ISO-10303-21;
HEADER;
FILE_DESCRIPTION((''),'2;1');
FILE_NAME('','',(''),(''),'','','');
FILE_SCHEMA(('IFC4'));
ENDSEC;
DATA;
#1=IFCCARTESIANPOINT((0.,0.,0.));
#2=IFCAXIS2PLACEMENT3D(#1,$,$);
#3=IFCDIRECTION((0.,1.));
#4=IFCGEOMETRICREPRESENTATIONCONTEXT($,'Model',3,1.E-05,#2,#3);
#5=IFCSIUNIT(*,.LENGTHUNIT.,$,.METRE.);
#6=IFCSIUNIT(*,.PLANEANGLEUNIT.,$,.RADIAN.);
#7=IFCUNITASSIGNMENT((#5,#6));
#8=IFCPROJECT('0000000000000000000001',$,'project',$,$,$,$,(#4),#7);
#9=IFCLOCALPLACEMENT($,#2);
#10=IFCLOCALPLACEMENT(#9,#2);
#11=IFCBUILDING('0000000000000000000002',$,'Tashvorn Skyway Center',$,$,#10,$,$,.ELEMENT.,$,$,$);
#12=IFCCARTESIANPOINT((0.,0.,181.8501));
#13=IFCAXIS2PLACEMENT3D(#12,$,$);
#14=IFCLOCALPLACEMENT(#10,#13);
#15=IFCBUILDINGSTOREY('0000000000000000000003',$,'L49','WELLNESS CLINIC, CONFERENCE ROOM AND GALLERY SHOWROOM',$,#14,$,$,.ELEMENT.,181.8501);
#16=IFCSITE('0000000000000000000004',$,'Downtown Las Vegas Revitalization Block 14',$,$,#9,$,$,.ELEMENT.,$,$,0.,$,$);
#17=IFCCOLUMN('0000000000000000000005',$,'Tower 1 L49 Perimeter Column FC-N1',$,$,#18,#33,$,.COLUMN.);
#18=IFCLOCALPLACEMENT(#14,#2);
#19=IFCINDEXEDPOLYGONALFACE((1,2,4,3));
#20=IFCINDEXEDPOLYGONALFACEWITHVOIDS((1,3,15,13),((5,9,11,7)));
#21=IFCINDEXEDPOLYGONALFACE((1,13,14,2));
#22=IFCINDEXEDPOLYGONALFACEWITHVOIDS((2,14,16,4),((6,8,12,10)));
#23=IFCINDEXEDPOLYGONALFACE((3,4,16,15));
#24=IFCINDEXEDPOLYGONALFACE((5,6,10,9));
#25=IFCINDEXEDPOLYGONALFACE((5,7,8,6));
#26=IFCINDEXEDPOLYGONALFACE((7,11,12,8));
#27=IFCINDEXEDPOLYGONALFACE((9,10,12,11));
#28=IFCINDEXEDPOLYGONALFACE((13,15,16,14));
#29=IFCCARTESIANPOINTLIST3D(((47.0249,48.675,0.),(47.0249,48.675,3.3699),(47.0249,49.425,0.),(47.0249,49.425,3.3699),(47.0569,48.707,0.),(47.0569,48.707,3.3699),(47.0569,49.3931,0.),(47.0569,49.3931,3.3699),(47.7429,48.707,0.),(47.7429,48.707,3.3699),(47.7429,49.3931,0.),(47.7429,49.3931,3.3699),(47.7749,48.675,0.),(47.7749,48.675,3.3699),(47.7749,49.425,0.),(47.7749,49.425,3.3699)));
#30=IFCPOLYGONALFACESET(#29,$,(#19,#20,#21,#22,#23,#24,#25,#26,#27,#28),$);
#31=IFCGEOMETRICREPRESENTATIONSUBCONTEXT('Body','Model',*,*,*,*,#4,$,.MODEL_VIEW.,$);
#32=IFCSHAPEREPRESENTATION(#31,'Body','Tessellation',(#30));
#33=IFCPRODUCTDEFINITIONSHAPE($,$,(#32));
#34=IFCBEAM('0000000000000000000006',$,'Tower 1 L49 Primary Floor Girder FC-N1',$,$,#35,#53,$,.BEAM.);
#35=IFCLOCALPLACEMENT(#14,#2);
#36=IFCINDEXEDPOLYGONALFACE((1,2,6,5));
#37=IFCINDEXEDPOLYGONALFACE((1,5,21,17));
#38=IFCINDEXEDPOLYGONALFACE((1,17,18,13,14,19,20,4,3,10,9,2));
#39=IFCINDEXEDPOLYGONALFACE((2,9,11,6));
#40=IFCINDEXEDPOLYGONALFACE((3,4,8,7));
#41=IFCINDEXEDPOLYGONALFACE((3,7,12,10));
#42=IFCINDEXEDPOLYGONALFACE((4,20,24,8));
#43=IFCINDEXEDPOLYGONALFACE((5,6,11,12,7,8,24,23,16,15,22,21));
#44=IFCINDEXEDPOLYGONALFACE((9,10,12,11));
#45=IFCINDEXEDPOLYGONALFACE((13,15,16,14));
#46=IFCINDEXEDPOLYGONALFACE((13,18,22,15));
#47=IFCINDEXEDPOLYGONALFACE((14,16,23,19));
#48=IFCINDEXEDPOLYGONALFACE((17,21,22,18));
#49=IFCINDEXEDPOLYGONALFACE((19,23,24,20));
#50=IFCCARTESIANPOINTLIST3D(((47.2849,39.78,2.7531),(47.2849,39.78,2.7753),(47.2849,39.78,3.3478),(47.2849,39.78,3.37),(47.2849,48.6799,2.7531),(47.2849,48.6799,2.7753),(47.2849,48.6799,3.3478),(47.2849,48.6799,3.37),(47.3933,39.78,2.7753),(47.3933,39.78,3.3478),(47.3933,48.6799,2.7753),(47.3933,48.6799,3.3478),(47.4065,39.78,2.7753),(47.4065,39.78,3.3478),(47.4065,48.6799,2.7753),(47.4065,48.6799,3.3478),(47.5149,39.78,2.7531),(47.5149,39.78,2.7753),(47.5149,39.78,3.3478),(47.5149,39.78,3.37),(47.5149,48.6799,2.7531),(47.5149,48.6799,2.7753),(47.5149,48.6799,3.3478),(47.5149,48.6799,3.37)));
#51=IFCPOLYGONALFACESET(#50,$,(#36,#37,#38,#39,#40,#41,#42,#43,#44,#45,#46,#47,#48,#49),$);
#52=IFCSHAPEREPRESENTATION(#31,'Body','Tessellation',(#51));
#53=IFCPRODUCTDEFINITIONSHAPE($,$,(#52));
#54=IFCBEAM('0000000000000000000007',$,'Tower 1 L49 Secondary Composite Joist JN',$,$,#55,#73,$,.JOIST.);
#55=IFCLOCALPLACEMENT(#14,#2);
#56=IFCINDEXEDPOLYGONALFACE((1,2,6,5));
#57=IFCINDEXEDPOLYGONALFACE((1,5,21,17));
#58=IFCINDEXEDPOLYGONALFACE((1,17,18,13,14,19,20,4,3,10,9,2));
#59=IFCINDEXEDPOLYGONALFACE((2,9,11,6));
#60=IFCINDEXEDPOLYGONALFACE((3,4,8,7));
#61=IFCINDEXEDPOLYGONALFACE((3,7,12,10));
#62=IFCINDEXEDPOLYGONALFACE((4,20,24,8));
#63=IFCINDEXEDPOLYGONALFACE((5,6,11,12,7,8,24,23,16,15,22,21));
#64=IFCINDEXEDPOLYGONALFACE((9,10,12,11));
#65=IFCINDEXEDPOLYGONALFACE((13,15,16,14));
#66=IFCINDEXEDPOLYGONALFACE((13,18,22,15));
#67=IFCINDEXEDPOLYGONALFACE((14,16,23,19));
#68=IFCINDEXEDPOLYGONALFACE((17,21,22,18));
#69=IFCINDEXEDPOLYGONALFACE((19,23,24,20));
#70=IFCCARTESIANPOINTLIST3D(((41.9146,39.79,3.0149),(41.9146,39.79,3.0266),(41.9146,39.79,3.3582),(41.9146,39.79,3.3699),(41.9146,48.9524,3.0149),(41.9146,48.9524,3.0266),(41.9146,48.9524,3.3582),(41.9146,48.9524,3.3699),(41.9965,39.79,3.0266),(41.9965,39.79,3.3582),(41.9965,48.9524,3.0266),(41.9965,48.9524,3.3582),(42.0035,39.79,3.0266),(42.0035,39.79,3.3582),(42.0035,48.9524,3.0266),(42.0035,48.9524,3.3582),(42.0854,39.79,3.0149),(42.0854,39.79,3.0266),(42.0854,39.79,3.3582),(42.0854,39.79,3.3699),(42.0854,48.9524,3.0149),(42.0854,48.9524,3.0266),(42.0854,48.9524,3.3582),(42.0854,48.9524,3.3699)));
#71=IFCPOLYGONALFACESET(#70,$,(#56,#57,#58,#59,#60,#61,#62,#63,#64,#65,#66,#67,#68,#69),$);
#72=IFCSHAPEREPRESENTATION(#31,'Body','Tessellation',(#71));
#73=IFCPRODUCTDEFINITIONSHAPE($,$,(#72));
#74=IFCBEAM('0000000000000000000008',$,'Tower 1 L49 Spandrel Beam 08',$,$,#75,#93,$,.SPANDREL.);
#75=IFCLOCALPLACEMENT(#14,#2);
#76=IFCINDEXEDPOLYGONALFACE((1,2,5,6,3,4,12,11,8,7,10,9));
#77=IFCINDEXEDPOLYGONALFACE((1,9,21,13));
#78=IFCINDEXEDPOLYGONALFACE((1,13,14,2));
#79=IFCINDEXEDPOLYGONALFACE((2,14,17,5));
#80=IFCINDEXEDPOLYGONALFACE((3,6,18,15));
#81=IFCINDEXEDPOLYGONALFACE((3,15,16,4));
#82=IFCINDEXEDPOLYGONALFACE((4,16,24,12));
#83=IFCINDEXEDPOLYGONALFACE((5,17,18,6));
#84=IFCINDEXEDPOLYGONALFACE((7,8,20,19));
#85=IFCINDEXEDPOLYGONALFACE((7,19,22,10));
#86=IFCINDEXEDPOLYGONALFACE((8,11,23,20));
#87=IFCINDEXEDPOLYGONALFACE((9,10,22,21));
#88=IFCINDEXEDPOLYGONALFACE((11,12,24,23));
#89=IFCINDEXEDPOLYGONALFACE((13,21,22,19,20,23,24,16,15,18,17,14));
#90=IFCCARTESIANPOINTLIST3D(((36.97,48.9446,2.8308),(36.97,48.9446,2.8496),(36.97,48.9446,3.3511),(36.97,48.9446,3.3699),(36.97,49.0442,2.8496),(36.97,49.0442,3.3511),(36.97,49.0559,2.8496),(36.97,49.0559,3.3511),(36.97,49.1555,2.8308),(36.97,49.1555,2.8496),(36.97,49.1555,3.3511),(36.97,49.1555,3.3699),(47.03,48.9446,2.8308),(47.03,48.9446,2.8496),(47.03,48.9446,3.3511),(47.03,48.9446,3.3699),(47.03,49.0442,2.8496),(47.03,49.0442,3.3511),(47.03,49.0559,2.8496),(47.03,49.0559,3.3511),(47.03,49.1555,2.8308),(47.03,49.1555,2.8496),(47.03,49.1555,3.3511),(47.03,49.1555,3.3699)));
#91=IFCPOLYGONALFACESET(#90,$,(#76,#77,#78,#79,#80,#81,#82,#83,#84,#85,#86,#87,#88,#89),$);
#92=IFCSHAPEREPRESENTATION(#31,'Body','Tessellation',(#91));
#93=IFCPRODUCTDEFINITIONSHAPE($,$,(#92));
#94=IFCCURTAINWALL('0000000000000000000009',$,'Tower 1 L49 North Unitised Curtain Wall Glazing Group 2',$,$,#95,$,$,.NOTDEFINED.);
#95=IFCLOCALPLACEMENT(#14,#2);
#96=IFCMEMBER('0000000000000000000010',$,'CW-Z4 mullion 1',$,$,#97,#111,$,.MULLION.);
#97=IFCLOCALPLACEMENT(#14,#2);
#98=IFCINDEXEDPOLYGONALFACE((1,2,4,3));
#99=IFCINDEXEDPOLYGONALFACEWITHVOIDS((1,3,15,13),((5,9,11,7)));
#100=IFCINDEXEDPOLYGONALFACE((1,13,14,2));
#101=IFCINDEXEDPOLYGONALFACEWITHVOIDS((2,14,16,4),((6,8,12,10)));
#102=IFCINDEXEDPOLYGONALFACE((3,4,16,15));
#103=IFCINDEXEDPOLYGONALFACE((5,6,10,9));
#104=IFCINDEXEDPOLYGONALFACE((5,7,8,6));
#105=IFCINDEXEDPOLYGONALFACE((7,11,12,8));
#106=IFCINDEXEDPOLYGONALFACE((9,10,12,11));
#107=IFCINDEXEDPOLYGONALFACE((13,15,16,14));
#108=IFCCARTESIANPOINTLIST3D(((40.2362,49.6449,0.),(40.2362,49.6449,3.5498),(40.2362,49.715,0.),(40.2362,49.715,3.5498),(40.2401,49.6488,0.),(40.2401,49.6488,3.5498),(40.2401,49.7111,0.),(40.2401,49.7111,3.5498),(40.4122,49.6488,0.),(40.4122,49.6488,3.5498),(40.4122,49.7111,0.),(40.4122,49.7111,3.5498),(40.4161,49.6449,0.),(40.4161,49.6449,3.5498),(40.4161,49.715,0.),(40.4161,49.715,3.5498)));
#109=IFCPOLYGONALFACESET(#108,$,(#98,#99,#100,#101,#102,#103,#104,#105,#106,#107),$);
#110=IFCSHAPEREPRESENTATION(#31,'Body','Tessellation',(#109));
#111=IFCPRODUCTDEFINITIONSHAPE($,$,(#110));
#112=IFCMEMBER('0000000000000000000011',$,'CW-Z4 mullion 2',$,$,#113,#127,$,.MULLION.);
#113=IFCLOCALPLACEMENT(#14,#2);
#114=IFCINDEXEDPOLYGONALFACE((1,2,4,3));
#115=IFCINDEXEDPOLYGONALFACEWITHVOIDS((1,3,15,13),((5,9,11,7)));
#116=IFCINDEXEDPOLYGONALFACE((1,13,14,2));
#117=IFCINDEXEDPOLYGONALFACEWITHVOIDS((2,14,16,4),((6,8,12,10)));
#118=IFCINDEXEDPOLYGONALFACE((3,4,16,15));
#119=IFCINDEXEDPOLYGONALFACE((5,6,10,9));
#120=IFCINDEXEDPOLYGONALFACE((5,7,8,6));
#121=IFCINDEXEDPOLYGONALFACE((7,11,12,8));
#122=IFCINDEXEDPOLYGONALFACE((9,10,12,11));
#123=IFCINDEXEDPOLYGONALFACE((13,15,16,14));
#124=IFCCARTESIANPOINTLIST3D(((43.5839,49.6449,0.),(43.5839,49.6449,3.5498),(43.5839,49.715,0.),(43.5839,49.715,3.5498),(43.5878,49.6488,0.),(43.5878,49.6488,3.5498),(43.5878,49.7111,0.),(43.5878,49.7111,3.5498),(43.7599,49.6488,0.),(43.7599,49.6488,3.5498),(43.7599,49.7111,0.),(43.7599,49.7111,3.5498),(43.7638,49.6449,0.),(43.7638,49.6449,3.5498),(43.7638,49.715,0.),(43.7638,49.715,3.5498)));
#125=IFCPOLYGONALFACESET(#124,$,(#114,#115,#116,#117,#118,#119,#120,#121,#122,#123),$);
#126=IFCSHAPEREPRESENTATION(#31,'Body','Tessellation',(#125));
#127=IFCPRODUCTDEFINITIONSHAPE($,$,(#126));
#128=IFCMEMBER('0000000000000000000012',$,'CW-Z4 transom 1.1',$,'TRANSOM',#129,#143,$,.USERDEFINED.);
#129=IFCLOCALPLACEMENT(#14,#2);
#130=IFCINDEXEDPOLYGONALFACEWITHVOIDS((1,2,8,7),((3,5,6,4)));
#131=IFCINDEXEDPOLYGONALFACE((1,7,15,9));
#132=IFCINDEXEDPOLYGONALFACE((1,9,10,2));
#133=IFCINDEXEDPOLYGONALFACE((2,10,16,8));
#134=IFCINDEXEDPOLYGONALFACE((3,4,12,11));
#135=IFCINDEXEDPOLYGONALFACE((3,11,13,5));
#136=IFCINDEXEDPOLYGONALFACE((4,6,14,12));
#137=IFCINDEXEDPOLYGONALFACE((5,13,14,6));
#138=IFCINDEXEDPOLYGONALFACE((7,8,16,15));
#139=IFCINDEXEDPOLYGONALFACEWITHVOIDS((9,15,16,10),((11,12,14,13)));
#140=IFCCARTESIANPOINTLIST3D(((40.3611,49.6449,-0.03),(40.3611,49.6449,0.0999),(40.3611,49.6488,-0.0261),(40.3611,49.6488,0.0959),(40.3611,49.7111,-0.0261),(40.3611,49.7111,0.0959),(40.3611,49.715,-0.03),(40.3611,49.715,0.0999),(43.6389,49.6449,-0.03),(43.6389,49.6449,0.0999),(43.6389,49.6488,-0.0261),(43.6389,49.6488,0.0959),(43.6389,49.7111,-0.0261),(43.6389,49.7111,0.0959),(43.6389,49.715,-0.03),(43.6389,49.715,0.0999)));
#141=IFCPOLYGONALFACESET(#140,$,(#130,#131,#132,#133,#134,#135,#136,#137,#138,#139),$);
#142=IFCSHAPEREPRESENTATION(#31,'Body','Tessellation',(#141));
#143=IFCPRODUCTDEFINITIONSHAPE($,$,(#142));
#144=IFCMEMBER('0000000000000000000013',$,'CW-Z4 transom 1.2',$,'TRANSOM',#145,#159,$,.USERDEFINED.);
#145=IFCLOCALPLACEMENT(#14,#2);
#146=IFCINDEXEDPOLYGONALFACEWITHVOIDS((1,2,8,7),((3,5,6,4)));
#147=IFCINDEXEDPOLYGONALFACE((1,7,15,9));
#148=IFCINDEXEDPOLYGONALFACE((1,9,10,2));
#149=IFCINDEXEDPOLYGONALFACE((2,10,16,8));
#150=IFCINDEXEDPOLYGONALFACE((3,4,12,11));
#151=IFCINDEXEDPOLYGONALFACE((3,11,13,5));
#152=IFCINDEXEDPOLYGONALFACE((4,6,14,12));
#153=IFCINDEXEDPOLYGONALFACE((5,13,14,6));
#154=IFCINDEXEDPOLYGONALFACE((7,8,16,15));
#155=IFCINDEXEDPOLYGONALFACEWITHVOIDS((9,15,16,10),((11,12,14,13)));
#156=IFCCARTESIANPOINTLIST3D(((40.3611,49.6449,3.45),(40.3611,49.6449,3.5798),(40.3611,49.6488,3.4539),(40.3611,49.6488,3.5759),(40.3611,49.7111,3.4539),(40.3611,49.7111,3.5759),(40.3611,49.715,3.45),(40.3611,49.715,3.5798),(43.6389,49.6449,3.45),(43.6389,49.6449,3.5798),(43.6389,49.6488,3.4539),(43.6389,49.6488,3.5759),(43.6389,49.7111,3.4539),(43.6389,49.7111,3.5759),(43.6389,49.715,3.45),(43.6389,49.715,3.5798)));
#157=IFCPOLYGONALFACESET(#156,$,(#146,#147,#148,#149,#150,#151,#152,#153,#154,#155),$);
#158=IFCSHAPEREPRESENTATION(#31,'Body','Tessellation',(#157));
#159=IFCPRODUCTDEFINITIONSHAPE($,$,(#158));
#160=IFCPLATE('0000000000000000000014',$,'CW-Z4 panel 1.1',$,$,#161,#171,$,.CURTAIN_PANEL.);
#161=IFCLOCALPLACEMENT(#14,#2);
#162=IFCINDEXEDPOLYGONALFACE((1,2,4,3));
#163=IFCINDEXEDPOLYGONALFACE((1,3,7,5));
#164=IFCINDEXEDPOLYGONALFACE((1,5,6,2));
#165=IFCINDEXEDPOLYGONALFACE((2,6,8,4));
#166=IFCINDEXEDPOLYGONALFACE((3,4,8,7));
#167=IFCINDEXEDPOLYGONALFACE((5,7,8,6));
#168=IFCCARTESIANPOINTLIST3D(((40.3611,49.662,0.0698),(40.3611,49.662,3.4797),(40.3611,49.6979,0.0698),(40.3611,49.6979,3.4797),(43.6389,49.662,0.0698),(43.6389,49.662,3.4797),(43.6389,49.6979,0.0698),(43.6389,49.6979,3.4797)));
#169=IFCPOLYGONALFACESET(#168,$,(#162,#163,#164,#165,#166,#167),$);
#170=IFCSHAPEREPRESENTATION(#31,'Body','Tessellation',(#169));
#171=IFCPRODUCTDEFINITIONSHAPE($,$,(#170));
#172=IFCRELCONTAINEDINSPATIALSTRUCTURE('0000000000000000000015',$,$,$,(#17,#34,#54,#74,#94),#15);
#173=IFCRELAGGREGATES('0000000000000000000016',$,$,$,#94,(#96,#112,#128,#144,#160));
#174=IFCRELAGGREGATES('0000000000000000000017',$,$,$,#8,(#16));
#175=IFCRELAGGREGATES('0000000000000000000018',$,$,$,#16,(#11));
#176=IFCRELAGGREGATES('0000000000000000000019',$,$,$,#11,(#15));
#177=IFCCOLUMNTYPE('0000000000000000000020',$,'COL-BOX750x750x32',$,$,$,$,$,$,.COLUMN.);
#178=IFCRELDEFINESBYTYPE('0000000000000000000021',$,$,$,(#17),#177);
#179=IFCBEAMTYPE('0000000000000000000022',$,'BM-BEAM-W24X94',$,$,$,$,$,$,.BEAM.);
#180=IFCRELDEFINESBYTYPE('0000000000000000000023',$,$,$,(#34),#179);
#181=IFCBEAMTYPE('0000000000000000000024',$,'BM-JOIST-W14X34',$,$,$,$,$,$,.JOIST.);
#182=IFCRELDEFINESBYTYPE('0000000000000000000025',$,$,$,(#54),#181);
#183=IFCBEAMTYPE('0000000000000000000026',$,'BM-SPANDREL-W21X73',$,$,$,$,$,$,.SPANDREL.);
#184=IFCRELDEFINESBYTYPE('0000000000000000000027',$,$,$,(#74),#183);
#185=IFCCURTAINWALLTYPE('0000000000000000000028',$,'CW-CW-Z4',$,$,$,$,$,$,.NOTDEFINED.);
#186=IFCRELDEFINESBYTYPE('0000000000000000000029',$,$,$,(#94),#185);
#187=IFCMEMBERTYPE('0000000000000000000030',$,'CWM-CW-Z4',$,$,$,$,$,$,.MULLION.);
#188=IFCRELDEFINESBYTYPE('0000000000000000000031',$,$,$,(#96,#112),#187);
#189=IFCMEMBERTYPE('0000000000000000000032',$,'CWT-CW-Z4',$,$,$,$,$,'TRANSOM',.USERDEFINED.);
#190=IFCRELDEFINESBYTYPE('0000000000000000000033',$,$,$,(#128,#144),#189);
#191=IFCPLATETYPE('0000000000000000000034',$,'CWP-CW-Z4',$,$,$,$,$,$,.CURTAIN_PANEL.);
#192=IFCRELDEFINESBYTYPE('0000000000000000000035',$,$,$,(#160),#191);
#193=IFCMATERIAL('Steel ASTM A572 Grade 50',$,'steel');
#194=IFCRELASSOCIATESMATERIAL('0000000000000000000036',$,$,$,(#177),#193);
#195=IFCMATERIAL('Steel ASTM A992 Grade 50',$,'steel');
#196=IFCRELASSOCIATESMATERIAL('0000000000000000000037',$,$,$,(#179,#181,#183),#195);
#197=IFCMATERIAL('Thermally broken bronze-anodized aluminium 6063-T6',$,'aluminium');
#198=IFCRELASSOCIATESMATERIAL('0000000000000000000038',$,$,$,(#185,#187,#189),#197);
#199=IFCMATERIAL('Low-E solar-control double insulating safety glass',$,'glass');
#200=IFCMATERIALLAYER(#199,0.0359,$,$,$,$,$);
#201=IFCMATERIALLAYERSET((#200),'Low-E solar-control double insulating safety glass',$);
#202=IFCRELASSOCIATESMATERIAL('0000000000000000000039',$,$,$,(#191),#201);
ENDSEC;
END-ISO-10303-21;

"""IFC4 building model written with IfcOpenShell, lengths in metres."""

from ifc_helpers import new_model, si_unit, direction, frame, origin, origin_2d, place, context, subcontext, project, spatial, rectangle, hollow_rectangle, i_section, extrude, material, layer, layer_set, material_profile, profile_set, type_object, element, aggregate, save


model = new_model("IFC4")

# Units and contexts
model_context = context("Model", 3, precision=1e-05, world=origin(), true_north=direction((0.0, 1.0)))
body_context = subcontext(model_context, "Body", "Model", "MODEL_VIEW")
ifc_project = project(units=[si_unit("LENGTHUNIT", "METRE"), si_unit("PLANEANGLEUNIT", "RADIAN")], contexts=[model_context])

# Site, building, storey
site_placement = place(None, origin())
site = spatial("IfcSite", under=ifc_project, at=site_placement, Name="Downtown Las Vegas Revitalization Block 14", CompositionType="ELEMENT", RefElevation=0.0)
building_placement = place(site_placement, origin())
building = spatial("IfcBuilding", under=site, at=building_placement, Name="Tashvorn Skyway Center", CompositionType="ELEMENT")
storey_placement = place(building_placement, frame((0.0, 0.0, 181.8501)))
storey = spatial("IfcBuildingStorey", under=building, at=storey_placement, Name="L49", Description="WELLNESS CLINIC, CONFERENCE ROOM AND GALLERY SHOWROOM", CompositionType="ELEMENT", Elevation=181.8501)

# Column
ifc_material_1 = material(Name="Steel ASTM A572 Grade 50", Category="steel")
ifc_material_profile_1 = material_profile(ifc_material_1, hollow_rectangle(XDim=0.75, YDim=0.75, WallThickness=0.032, at=origin_2d()), Name="BOX750x750x32")
ifc_profile_set_1 = profile_set([ifc_material_profile_1], Name="Steel ASTM A572 Grade 50")
column_type = type_object("IfcColumnType", Name="COL-BOX750x750x32", PredefinedType="COLUMN", material=ifc_profile_set_1)
column_placement = place(storey_placement, frame((47.3999, 49.05, 0.0), z_axis=(0.0, 0.0, 1.0), x_axis=(1.0, 0.0, 0.0)))
element("IfcColumn", 1, at=column_placement, inside=storey, type_object=column_type, Name="Tower 1 L49 Perimeter Column FC-N1", PredefinedType="COLUMN", context=body_context, shape_type="SweptSolid", body=[
    extrude(hollow_rectangle(XDim=0.75, YDim=0.75, WallThickness=0.032, at=origin_2d()), origin(), (0.0, 0.0, 1.0), 3.3699),
])

# Beams
ifc_material_2 = material(Name="Steel ASTM A992 Grade 50", Category="steel")
ifc_material_profile_2 = material_profile(ifc_material_2, i_section(OverallWidth=0.23, OverallDepth=0.6169, WebThickness=0.0132, FlangeThickness=0.0222, at=origin_2d()), Name="W24X94")
ifc_profile_set_2 = profile_set([ifc_material_profile_2], Name="Steel ASTM A992 Grade 50")
beam_type_1 = type_object("IfcBeamType", Name="BM-BEAM-W24X94", PredefinedType="BEAM", material=ifc_profile_set_2)
beam_1_placement = place(storey_placement, frame((47.3999, 48.6799, 3.0615), z_axis=(0.0, -1.0, 0.0), x_axis=(1.0, 0.0, 0.0)))
element("IfcBeam", 2, at=beam_1_placement, inside=storey, type_object=beam_type_1, Name="Tower 1 L49 Primary Floor Girder FC-N1", PredefinedType="BEAM", context=body_context, shape_type="SweptSolid", body=[
    extrude(i_section(OverallWidth=0.23, OverallDepth=0.6169, WebThickness=0.0132, FlangeThickness=0.0222, at=origin_2d()), origin(), (0.0, 0.0, 1.0), 8.8999),
])
ifc_material_profile_3 = material_profile(ifc_material_2, i_section(OverallWidth=0.1709, OverallDepth=0.355, WebThickness=0.0071, FlangeThickness=0.0117, at=origin_2d()), Name="W14X34")
ifc_profile_set_3 = profile_set([ifc_material_profile_3], Name="Steel ASTM A992 Grade 50")
beam_type_2 = type_object("IfcBeamType", Name="BM-JOIST-W14X34", PredefinedType="JOIST", material=ifc_profile_set_3)
beam_2_placement = place(storey_placement, frame((42.0, 39.79, 3.1924), z_axis=(0.0, 1.0, 0.0), x_axis=(-1.0, 0.0, 0.0)))
element("IfcBeam", 3, at=beam_2_placement, inside=storey, type_object=beam_type_2, Name="Tower 1 L49 Secondary Composite Joist JN", PredefinedType="JOIST", context=body_context, shape_type="SweptSolid", body=[
    extrude(i_section(OverallWidth=0.1709, OverallDepth=0.355, WebThickness=0.0071, FlangeThickness=0.0117, at=origin_2d()), origin(), (0.0, 0.0, 1.0), 9.1624),
])
ifc_material_profile_4 = material_profile(ifc_material_2, i_section(OverallWidth=0.2109, OverallDepth=0.5391, WebThickness=0.0117, FlangeThickness=0.0188, at=origin_2d()), Name="W21X73")
ifc_profile_set_4 = profile_set([ifc_material_profile_4], Name="Steel ASTM A992 Grade 50")
beam_type_3 = type_object("IfcBeamType", Name="BM-SPANDREL-W21X73", PredefinedType="SPANDREL", material=ifc_profile_set_4)
beam_3_placement = place(storey_placement, frame((47.03, 49.05, 3.1003), z_axis=(-1.0, 0.0, 0.0), x_axis=(0.0, -1.0, 0.0)))
element("IfcBeam", 4, at=beam_3_placement, inside=storey, type_object=beam_type_3, Name="Tower 1 L49 Spandrel Beam 08", PredefinedType="SPANDREL", context=body_context, shape_type="SweptSolid", body=[
    extrude(i_section(OverallWidth=0.2109, OverallDepth=0.5391, WebThickness=0.0117, FlangeThickness=0.0188, at=origin_2d()), origin(), (0.0, 0.0, 1.0), 10.0601),
])

# Curtain wall, members, plate
ifc_material_3 = material(Name="Thermally broken bronze-anodized aluminium 6063-T6", Category="aluminium")
curtain_wall_type = type_object("IfcCurtainWallType", Name="CW-CW-Z4", PredefinedType="NOTDEFINED", material=ifc_material_3)
curtain_wall_placement = place(storey_placement, origin())
curtain_wall = element("IfcCurtainWall", 5, at=curtain_wall_placement, inside=storey, type_object=curtain_wall_type, Name="Tower 1 L49 North Unitised Curtain Wall Glazing Group 2", PredefinedType="NOTDEFINED")
ifc_material_profile_5 = material_profile(ifc_material_3, hollow_rectangle(XDim=0.0701, YDim=0.1799, WallThickness=0.0039, at=origin_2d()), Name="ALU-MULL-70x180")
ifc_profile_set_5 = profile_set([ifc_material_profile_5], Name="Thermally broken bronze-anodized aluminium 6063-T6")
member_type_1 = type_object("IfcMemberType", Name="CWM-CW-Z4", PredefinedType="MULLION", material=ifc_profile_set_5)
member_1_placement = place(storey_placement, frame((40.3262, 49.6799, 0.0), z_axis=(0.0, 0.0, 1.0), x_axis=(0.0, 1.0, 0.0)))
member_1 = element("IfcMember", 6, at=member_1_placement, type_object=member_type_1, Name="CW-Z4 mullion 1", PredefinedType="MULLION", context=body_context, shape_type="SweptSolid", body=[
    extrude(hollow_rectangle(XDim=0.0701, YDim=0.1799, WallThickness=0.0039, at=origin_2d()), origin(), (0.0, 0.0, 1.0), 3.5498),
])
member_2_placement = place(storey_placement, frame((43.6738, 49.6799, 0.0), z_axis=(0.0, 0.0, 1.0), x_axis=(0.0, 1.0, 0.0)))
member_2 = element("IfcMember", 7, at=member_2_placement, type_object=member_type_1, Name="CW-Z4 mullion 2", PredefinedType="MULLION", context=body_context, shape_type="SweptSolid", body=[
    extrude(hollow_rectangle(XDim=0.0701, YDim=0.1799, WallThickness=0.0039, at=origin_2d()), origin(), (0.0, 0.0, 1.0), 3.5498),
])
ifc_material_profile_6 = material_profile(ifc_material_3, hollow_rectangle(XDim=0.0701, YDim=0.1299, WallThickness=0.0039, at=origin_2d()), Name="ALU-TRAN-70x130")
ifc_profile_set_6 = profile_set([ifc_material_profile_6], Name="Thermally broken bronze-anodized aluminium 6063-T6")
member_type_2 = type_object("IfcMemberType", Name="CWT-CW-Z4", ElementType="TRANSOM", PredefinedType="USERDEFINED", material=ifc_profile_set_6)
member_3_placement = place(storey_placement, frame((40.3611, 49.6799, 0.0349), z_axis=(1.0, 0.0, 0.0), x_axis=(0.0, 1.0, 0.0)))
member_3 = element("IfcMember", 8, at=member_3_placement, type_object=member_type_2, Name="CW-Z4 transom 1.1", ObjectType="TRANSOM", PredefinedType="USERDEFINED", context=body_context, shape_type="SweptSolid", body=[
    extrude(hollow_rectangle(XDim=0.0701, YDim=0.1299, WallThickness=0.0039, at=origin_2d()), origin(), (0.0, 0.0, 1.0), 3.2778),
])
member_4_placement = place(storey_placement, frame((40.3611, 49.6799, 3.5149), z_axis=(1.0, 0.0, 0.0), x_axis=(0.0, 1.0, 0.0)))
member_4 = element("IfcMember", 9, at=member_4_placement, type_object=member_type_2, Name="CW-Z4 transom 1.2", ObjectType="TRANSOM", PredefinedType="USERDEFINED", context=body_context, shape_type="SweptSolid", body=[
    extrude(hollow_rectangle(XDim=0.0701, YDim=0.1299, WallThickness=0.0039, at=origin_2d()), origin(), (0.0, 0.0, 1.0), 3.2778),
])
ifc_material_4 = material(Name="Low-E solar-control double insulating safety glass", Category="glass")
ifc_layer_1 = layer(ifc_material_4, 0.0359)
ifc_layer_set_1 = layer_set([ifc_layer_1], Name="Low-E solar-control double insulating safety glass")
plate_type = type_object("IfcPlateType", Name="CWP-CW-Z4", PredefinedType="CURTAIN_PANEL", material=ifc_layer_set_1)
plate_placement = place(storey_placement, frame((42.0, 49.6799, 0.0698), z_axis=(0.0, 0.0, 1.0), x_axis=(1.0, 0.0, 0.0)))
plate = element("IfcPlate", 10, at=plate_placement, type_object=plate_type, Name="CW-Z4 panel 1.1", PredefinedType="CURTAIN_PANEL", context=body_context, shape_type="SweptSolid", body=[
    extrude(rectangle(XDim=3.2778, YDim=0.0359, at=origin_2d()), origin(), (0.0, 0.0, 1.0), 3.4099),
])
aggregate(curtain_wall, [member_1, member_2, member_3, member_4, plate])

save(model, "model.ifc")
